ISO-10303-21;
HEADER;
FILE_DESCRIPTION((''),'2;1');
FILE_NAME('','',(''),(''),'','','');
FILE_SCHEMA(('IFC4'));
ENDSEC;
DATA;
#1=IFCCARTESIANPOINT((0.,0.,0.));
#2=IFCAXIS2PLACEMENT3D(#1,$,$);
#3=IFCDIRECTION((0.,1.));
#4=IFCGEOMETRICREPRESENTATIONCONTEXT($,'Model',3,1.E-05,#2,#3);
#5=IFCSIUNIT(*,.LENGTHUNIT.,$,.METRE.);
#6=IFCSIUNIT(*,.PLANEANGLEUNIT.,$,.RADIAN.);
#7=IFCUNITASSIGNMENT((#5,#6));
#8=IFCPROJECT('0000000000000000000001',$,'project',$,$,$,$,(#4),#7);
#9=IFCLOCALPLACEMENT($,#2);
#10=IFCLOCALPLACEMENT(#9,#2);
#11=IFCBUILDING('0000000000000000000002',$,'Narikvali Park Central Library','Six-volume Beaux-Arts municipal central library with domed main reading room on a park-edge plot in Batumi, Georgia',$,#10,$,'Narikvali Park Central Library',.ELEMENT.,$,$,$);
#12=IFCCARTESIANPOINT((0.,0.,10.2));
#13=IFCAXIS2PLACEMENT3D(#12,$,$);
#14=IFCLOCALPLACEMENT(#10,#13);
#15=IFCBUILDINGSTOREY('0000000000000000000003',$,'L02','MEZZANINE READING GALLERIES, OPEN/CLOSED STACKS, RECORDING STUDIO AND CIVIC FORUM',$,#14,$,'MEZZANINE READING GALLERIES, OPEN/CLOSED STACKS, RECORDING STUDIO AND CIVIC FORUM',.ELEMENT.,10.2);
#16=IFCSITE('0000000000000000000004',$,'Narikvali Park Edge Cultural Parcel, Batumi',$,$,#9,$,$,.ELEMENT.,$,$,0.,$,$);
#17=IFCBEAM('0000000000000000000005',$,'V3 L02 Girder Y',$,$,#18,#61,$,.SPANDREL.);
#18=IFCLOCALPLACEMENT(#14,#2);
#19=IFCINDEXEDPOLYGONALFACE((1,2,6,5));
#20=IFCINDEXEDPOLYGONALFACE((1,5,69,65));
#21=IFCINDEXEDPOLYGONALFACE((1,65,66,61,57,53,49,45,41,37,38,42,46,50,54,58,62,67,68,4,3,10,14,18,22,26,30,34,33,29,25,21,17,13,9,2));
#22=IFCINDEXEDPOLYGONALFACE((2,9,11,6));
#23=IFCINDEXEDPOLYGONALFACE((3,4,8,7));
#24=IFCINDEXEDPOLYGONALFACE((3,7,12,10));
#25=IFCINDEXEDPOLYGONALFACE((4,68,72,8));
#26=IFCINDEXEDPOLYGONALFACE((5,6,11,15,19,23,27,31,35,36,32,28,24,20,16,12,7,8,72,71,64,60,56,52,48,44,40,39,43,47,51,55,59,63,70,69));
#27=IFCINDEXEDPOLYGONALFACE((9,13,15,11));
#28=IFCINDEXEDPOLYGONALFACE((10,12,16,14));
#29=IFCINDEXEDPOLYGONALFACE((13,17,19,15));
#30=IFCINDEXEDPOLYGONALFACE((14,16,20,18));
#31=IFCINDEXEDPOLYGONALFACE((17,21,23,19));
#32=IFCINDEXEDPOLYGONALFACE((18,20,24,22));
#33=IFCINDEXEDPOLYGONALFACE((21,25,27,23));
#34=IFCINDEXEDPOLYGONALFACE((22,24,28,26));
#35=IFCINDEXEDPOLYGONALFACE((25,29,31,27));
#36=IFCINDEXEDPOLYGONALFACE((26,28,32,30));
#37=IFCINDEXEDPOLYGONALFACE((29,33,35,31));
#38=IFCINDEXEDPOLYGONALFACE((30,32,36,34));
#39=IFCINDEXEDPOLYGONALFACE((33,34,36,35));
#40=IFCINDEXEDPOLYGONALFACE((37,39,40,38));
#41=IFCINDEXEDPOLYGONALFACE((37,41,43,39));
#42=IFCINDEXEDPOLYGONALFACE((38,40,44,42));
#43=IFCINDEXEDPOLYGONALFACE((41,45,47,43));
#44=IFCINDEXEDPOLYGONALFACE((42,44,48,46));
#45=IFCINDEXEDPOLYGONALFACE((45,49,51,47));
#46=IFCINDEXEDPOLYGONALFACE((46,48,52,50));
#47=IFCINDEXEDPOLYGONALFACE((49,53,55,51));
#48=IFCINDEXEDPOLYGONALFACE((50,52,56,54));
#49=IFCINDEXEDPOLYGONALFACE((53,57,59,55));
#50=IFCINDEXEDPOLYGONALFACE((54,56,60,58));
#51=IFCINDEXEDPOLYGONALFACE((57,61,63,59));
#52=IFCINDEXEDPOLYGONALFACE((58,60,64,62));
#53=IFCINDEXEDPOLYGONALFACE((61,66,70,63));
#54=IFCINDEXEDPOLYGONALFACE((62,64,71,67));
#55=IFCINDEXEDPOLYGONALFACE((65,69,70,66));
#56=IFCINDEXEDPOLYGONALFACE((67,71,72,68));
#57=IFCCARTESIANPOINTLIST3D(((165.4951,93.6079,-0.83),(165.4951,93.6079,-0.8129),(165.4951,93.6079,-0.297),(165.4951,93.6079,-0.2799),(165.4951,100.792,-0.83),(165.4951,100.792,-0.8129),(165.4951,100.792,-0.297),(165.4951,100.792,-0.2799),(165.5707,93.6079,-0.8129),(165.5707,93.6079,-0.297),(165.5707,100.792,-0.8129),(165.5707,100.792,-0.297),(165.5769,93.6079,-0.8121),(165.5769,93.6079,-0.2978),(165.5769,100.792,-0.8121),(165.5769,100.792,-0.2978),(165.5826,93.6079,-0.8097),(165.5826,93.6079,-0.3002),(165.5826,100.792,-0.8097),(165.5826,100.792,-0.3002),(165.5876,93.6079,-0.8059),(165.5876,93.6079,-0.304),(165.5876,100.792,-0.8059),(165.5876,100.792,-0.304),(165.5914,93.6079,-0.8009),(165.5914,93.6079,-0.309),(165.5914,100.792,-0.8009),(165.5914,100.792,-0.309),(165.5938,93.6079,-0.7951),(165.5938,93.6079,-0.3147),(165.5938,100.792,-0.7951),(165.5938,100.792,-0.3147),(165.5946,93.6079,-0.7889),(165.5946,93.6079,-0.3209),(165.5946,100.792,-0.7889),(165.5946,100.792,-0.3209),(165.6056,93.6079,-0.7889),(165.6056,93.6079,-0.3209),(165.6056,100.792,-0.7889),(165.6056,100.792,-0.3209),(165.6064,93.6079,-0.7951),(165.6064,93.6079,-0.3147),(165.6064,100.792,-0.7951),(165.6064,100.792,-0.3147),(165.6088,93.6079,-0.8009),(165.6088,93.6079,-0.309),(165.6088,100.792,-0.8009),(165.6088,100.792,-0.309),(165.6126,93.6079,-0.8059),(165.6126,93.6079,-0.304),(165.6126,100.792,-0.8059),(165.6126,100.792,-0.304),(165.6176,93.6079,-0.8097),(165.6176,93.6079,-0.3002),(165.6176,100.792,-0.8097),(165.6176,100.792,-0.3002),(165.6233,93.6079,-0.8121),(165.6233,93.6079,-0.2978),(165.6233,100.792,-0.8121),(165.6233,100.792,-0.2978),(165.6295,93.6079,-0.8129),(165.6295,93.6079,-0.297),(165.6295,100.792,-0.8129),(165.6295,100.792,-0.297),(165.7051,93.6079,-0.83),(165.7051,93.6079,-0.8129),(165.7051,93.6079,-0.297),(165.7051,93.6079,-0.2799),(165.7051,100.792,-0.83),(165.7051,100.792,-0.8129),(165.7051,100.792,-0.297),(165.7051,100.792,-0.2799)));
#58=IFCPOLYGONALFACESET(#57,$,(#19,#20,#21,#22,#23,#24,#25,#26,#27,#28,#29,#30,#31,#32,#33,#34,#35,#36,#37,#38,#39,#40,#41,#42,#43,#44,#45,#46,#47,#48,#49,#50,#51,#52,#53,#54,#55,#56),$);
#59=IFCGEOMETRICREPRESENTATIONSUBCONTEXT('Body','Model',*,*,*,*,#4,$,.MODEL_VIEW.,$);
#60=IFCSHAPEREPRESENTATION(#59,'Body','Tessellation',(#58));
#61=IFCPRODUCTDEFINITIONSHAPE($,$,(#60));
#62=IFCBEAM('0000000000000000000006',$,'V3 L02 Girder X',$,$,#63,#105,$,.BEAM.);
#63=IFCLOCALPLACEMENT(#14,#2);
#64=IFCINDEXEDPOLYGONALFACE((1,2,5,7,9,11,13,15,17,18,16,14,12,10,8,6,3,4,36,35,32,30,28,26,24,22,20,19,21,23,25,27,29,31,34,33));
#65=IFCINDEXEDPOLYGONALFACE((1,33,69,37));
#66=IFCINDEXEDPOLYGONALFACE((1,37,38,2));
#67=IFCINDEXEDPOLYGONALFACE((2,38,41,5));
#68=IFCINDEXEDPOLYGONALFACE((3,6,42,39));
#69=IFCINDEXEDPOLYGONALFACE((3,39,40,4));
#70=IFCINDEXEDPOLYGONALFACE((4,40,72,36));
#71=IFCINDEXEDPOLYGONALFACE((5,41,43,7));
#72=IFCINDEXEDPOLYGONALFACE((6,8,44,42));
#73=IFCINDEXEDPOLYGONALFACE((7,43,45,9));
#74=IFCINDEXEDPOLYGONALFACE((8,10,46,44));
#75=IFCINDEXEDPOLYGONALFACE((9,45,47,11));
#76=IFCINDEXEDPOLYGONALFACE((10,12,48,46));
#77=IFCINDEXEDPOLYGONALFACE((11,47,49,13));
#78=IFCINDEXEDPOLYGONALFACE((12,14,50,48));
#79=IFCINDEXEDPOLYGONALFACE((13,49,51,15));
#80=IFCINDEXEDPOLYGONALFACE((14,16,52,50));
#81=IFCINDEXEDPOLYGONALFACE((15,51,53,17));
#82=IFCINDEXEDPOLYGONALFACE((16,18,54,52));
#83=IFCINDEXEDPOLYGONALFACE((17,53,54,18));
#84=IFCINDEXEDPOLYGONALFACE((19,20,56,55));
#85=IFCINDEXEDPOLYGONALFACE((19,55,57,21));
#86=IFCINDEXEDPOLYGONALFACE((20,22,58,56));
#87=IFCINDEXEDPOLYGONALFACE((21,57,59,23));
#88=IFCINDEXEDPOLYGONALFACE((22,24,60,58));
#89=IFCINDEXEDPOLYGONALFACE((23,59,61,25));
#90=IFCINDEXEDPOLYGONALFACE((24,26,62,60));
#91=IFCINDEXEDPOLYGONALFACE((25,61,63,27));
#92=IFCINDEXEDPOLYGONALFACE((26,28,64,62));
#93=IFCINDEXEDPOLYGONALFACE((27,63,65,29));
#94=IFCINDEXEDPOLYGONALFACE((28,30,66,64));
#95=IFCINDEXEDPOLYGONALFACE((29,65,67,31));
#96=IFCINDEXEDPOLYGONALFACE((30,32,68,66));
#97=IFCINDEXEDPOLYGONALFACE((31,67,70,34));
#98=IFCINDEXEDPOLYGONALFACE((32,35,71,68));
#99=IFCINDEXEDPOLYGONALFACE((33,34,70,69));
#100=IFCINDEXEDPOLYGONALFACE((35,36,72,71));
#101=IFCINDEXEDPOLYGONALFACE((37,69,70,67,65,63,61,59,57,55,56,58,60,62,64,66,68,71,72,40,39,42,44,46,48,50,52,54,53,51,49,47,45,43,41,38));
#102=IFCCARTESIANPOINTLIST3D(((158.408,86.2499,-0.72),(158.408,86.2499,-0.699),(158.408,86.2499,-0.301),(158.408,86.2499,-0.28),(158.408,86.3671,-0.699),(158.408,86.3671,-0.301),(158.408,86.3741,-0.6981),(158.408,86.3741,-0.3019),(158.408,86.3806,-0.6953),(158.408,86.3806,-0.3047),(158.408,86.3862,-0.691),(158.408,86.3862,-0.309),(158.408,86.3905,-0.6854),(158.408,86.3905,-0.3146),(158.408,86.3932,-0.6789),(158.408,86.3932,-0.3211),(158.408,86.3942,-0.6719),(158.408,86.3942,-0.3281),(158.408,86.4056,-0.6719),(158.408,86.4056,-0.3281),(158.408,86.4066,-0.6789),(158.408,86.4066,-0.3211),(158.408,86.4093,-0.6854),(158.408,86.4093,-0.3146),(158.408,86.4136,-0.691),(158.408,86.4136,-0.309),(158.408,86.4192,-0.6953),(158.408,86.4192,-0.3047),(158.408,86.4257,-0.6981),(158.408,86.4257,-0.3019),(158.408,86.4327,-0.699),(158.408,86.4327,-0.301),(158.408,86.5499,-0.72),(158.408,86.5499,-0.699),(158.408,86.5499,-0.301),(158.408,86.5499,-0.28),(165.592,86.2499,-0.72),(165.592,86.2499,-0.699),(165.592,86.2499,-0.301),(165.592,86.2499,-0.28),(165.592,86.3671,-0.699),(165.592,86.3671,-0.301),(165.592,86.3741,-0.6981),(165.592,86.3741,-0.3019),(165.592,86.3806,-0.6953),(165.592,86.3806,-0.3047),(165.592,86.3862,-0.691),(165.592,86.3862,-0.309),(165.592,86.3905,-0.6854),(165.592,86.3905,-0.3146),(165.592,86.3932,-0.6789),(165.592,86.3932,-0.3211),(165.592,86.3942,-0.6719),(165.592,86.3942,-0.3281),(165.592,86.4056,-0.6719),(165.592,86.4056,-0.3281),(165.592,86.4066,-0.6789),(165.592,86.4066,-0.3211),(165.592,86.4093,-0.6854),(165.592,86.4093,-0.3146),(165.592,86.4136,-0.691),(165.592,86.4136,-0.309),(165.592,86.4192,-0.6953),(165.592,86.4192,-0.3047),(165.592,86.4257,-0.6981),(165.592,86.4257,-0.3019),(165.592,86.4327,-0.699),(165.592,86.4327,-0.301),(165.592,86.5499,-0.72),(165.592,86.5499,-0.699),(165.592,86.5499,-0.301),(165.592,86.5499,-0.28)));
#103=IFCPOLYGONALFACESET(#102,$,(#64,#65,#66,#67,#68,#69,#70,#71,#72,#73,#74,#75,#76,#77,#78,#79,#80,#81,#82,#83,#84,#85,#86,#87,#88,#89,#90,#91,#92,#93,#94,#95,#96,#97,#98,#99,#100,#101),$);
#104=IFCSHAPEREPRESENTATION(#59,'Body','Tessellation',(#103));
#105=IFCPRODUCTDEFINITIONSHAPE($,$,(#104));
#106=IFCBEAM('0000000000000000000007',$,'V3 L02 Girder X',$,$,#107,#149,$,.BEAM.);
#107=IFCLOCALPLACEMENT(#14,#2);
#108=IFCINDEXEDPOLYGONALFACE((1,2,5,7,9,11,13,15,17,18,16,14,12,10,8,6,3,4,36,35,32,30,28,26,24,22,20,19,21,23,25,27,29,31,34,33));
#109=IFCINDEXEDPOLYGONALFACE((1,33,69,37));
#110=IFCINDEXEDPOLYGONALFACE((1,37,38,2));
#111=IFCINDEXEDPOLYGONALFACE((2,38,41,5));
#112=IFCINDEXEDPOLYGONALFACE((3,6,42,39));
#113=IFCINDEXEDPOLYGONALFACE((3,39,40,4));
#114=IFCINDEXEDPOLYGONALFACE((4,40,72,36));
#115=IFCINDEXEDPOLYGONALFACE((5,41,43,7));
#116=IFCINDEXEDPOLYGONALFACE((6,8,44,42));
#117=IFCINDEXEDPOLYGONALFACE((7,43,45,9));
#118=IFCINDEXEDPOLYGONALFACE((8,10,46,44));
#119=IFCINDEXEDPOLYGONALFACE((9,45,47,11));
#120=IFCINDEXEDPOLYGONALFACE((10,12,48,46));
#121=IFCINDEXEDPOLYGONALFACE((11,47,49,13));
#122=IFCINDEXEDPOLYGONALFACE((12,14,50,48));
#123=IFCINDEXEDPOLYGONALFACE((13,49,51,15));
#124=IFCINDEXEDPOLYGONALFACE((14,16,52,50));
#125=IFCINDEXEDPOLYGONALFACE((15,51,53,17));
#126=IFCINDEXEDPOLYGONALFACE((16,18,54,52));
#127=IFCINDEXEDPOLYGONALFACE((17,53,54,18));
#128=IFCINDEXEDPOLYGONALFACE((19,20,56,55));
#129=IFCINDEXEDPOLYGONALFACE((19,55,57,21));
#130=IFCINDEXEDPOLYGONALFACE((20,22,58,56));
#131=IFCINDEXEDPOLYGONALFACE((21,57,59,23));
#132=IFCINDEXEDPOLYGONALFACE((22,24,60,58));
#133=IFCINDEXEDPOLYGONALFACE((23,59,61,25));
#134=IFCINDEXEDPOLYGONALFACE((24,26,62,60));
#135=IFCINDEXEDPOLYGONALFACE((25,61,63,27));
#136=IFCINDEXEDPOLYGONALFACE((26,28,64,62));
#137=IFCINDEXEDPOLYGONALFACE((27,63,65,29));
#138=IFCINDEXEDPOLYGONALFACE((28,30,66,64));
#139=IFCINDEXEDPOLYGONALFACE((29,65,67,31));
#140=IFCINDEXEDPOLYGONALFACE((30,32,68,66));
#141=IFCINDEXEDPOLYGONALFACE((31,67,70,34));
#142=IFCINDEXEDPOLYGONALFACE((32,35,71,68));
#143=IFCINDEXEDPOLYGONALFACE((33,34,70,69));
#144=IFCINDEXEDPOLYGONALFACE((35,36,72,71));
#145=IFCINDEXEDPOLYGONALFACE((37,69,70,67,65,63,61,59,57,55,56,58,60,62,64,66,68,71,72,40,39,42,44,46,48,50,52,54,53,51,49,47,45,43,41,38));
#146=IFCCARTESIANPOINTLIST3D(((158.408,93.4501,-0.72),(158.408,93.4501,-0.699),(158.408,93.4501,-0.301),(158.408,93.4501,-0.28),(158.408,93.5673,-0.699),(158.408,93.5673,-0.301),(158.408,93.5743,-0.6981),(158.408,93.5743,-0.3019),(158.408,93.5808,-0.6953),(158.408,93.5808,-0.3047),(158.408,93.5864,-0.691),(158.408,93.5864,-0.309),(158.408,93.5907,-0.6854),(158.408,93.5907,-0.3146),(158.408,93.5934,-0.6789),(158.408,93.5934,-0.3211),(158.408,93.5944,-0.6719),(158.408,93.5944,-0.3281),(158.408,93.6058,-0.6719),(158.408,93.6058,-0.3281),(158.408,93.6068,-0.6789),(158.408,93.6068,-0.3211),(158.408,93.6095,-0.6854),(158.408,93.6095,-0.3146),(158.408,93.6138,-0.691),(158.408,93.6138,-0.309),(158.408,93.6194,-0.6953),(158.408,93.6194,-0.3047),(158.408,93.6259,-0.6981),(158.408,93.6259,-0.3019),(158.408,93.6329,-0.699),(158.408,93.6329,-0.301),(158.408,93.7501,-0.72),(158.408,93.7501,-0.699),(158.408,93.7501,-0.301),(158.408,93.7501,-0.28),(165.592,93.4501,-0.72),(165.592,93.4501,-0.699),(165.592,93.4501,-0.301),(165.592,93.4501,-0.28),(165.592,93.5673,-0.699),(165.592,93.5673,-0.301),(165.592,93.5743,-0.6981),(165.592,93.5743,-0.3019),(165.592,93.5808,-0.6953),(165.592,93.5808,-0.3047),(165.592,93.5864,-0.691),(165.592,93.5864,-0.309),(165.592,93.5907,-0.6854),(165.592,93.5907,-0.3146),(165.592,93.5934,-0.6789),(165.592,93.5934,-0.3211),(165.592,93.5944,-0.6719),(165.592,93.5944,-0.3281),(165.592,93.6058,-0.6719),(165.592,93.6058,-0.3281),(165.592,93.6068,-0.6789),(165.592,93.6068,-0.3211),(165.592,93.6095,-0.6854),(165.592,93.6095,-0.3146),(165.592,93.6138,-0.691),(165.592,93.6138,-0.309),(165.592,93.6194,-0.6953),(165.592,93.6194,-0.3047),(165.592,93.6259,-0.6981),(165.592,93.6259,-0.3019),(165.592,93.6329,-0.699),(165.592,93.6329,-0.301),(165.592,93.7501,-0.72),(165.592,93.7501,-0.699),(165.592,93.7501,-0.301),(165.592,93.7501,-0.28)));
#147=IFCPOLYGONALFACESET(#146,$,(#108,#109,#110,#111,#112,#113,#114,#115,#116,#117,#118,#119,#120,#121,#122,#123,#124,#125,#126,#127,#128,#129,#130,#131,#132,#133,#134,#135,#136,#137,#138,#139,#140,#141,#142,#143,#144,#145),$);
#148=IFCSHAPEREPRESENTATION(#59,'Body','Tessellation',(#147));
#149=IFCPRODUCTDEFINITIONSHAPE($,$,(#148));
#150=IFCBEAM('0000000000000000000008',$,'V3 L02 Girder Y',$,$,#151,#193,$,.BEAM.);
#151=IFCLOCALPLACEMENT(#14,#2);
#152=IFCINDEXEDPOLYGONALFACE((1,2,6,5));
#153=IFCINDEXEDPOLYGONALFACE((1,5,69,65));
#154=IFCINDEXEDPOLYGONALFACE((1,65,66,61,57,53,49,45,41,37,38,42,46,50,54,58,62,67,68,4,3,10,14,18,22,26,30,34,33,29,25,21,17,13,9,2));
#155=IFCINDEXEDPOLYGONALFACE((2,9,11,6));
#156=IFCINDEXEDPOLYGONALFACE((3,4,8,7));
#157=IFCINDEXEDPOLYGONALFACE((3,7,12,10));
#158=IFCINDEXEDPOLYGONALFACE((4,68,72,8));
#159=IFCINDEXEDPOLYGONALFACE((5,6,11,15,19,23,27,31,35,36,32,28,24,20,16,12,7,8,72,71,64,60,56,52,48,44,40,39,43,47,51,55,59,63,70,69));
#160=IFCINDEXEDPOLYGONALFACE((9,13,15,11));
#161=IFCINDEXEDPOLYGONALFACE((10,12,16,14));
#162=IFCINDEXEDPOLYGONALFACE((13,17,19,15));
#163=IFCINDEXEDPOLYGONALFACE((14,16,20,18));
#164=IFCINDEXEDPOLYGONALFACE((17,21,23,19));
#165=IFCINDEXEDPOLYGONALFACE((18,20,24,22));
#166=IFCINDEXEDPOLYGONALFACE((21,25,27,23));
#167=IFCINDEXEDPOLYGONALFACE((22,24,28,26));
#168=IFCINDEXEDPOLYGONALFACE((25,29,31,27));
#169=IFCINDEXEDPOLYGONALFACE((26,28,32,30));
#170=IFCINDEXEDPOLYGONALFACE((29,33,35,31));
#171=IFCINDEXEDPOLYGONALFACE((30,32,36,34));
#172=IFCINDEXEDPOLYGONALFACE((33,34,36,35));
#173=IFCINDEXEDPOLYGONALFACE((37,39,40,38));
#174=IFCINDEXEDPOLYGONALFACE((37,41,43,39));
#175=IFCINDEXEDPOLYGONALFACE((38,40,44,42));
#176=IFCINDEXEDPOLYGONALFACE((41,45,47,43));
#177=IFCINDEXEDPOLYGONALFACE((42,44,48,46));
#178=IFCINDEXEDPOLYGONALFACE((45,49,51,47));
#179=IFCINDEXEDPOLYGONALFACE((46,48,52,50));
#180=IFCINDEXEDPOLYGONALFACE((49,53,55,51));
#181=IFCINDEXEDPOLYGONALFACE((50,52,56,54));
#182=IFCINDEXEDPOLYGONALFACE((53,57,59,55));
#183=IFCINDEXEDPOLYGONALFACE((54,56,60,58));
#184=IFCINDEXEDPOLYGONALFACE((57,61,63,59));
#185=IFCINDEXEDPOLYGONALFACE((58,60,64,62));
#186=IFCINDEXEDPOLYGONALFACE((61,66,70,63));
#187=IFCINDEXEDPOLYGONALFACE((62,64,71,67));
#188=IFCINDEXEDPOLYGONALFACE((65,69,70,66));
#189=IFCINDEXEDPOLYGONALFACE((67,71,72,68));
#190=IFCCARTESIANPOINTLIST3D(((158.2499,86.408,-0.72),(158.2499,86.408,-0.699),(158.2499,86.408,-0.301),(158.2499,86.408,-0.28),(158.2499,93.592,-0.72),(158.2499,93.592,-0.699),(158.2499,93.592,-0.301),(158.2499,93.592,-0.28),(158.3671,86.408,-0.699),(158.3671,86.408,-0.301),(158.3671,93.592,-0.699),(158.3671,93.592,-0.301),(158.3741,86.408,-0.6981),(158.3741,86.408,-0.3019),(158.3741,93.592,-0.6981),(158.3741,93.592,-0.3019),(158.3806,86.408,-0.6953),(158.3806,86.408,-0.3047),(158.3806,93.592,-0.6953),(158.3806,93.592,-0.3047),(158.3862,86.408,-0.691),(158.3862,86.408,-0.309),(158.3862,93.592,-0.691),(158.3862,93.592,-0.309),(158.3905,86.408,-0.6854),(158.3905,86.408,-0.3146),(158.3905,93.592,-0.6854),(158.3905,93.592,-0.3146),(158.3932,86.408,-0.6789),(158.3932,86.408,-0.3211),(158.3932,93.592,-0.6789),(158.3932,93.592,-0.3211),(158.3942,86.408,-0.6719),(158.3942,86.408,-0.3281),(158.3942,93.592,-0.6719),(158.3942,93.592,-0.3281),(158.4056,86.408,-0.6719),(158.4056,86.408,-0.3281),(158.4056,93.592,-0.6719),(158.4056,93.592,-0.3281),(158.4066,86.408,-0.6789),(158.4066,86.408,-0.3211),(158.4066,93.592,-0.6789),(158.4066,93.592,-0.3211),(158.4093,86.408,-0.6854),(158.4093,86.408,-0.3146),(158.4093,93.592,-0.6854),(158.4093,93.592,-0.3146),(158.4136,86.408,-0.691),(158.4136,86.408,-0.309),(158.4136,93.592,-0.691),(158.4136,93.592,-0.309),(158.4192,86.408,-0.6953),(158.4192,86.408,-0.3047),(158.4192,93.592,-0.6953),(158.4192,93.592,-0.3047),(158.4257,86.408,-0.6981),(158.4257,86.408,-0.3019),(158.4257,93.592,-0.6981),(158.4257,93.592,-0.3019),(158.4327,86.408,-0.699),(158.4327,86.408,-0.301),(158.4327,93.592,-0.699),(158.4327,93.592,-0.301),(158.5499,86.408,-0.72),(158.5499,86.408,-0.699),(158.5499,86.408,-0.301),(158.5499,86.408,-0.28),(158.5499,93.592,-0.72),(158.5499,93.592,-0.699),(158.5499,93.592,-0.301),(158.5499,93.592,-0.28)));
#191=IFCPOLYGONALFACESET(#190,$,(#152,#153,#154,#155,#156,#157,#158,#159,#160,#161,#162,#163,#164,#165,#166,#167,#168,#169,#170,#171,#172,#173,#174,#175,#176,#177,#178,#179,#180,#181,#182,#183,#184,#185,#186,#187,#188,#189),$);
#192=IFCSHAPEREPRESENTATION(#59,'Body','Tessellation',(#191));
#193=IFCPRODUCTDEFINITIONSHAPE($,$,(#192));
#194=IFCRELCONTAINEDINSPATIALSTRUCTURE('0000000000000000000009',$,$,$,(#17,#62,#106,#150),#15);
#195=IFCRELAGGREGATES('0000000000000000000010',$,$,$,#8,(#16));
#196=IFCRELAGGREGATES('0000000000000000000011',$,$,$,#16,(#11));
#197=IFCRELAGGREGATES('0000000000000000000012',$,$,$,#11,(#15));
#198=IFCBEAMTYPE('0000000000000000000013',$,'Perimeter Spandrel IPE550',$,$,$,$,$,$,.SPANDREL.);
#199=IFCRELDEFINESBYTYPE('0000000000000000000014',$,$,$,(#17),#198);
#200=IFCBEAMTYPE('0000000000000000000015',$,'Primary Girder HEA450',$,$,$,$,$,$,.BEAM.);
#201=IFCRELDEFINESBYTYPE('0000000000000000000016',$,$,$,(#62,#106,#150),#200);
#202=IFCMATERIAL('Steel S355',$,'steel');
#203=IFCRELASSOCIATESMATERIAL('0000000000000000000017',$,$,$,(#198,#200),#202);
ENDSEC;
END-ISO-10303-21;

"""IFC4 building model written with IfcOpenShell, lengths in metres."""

from ifc_helpers import new_model, si_unit, direction, frame, origin, origin_2d, place, context, subcontext, project, spatial, i_section, extrude, material, material_profile, profile_set, type_object, element, save


model = new_model("IFC4")

# Units and contexts
model_context = context("Model", 3, precision=1e-05, world=origin(), true_north=direction((0.0, 1.0)))
body_context = subcontext(model_context, "Body", "Model", "MODEL_VIEW")
ifc_project = project(units=[si_unit("LENGTHUNIT", "METRE"), si_unit("PLANEANGLEUNIT", "RADIAN")], contexts=[model_context])

# Site, building, storey
site_placement = place(None, origin())
site = spatial("IfcSite", under=ifc_project, at=site_placement, Name="Narikvali Park Edge Cultural Parcel, Batumi", CompositionType="ELEMENT", RefElevation=0.0)
building_placement = place(site_placement, origin())
building = spatial("IfcBuilding", under=site, at=building_placement, Name="Narikvali Park Central Library", Description="Six-volume Beaux-Arts municipal central library with domed main reading room on a park-edge plot in Batumi, Georgia", LongName="Narikvali Park Central Library", CompositionType="ELEMENT")
storey_placement = place(building_placement, frame((0.0, 0.0, 10.2)))
storey = spatial("IfcBuildingStorey", under=building, at=storey_placement, Name="L02", Description="MEZZANINE READING GALLERIES, OPEN/CLOSED STACKS, RECORDING STUDIO AND CIVIC FORUM", LongName="MEZZANINE READING GALLERIES, OPEN/CLOSED STACKS, RECORDING STUDIO AND CIVIC FORUM", CompositionType="ELEMENT", Elevation=10.2)

# Shared definitions
ifc_material_1 = material(Name="Steel S355", Category="steel")

# Beams
ifc_material_profile_1 = material_profile(ifc_material_1, i_section(OverallWidth=0.21, OverallDepth=0.55, WebThickness=0.011, FlangeThickness=0.0171, FilletRadius=0.0239, at=origin_2d()), Name="IPE 550")
ifc_profile_set_1 = profile_set([ifc_material_profile_1], Name="Steel S355")
beam_type_1 = type_object("IfcBeamType", Name="Perimeter Spandrel IPE550", PredefinedType="SPANDREL", material=ifc_profile_set_1)
for number, where, z_axis, x_axis, name in (
    (1, (165.6001, 93.6079, -0.5549), (0.0, 1.0, 0.0), (-1.0, 0.0, 0.0), "V3 L02 Girder Y"),
):
    element("IfcBeam", number, at=place(storey_placement, frame(where, z_axis=z_axis, x_axis=x_axis)), inside=storey, type_object=beam_type_1, Name=name, PredefinedType="SPANDREL", context=body_context, shape_type="SweptSolid", body=[
        extrude(i_section(OverallWidth=0.21, OverallDepth=0.55, WebThickness=0.011, FlangeThickness=0.0171, FilletRadius=0.0239, at=origin_2d()), origin(), (0.0, 0.0, 1.0), 7.1841),
    ])
ifc_material_profile_2 = material_profile(ifc_material_1, i_section(OverallWidth=0.3, OverallDepth=0.4399, WebThickness=0.0115, FlangeThickness=0.021, FilletRadius=0.0271, at=origin_2d()), Name="HEA 450")
ifc_profile_set_2 = profile_set([ifc_material_profile_2], Name="Steel S355")
beam_type_2 = type_object("IfcBeamType", Name="Primary Girder HEA450", PredefinedType="BEAM", material=ifc_profile_set_2)
for number, where, z_axis, x_axis, name in (
    (2, (158.408, 86.3999, -0.5), (1.0, 0.0, 0.0), (0.0, 1.0, 0.0), "V3 L02 Girder X"),
    (3, (158.408, 93.6001, -0.5), (1.0, 0.0, 0.0), (0.0, 1.0, 0.0), "V3 L02 Girder X"),
    (4, (158.3999, 86.408, -0.5), (0.0, 1.0, 0.0), (-1.0, 0.0, 0.0), "V3 L02 Girder Y"),
):
    element("IfcBeam", number, at=place(storey_placement, frame(where, z_axis=z_axis, x_axis=x_axis)), inside=storey, type_object=beam_type_2, Name=name, PredefinedType="BEAM", context=body_context, shape_type="SweptSolid", body=[
        extrude(i_section(OverallWidth=0.3, OverallDepth=0.4399, WebThickness=0.0115, FlangeThickness=0.021, FilletRadius=0.0271, at=origin_2d()), origin(), (0.0, 0.0, 1.0), 7.1841),
    ])

save(model, "model.ifc")
